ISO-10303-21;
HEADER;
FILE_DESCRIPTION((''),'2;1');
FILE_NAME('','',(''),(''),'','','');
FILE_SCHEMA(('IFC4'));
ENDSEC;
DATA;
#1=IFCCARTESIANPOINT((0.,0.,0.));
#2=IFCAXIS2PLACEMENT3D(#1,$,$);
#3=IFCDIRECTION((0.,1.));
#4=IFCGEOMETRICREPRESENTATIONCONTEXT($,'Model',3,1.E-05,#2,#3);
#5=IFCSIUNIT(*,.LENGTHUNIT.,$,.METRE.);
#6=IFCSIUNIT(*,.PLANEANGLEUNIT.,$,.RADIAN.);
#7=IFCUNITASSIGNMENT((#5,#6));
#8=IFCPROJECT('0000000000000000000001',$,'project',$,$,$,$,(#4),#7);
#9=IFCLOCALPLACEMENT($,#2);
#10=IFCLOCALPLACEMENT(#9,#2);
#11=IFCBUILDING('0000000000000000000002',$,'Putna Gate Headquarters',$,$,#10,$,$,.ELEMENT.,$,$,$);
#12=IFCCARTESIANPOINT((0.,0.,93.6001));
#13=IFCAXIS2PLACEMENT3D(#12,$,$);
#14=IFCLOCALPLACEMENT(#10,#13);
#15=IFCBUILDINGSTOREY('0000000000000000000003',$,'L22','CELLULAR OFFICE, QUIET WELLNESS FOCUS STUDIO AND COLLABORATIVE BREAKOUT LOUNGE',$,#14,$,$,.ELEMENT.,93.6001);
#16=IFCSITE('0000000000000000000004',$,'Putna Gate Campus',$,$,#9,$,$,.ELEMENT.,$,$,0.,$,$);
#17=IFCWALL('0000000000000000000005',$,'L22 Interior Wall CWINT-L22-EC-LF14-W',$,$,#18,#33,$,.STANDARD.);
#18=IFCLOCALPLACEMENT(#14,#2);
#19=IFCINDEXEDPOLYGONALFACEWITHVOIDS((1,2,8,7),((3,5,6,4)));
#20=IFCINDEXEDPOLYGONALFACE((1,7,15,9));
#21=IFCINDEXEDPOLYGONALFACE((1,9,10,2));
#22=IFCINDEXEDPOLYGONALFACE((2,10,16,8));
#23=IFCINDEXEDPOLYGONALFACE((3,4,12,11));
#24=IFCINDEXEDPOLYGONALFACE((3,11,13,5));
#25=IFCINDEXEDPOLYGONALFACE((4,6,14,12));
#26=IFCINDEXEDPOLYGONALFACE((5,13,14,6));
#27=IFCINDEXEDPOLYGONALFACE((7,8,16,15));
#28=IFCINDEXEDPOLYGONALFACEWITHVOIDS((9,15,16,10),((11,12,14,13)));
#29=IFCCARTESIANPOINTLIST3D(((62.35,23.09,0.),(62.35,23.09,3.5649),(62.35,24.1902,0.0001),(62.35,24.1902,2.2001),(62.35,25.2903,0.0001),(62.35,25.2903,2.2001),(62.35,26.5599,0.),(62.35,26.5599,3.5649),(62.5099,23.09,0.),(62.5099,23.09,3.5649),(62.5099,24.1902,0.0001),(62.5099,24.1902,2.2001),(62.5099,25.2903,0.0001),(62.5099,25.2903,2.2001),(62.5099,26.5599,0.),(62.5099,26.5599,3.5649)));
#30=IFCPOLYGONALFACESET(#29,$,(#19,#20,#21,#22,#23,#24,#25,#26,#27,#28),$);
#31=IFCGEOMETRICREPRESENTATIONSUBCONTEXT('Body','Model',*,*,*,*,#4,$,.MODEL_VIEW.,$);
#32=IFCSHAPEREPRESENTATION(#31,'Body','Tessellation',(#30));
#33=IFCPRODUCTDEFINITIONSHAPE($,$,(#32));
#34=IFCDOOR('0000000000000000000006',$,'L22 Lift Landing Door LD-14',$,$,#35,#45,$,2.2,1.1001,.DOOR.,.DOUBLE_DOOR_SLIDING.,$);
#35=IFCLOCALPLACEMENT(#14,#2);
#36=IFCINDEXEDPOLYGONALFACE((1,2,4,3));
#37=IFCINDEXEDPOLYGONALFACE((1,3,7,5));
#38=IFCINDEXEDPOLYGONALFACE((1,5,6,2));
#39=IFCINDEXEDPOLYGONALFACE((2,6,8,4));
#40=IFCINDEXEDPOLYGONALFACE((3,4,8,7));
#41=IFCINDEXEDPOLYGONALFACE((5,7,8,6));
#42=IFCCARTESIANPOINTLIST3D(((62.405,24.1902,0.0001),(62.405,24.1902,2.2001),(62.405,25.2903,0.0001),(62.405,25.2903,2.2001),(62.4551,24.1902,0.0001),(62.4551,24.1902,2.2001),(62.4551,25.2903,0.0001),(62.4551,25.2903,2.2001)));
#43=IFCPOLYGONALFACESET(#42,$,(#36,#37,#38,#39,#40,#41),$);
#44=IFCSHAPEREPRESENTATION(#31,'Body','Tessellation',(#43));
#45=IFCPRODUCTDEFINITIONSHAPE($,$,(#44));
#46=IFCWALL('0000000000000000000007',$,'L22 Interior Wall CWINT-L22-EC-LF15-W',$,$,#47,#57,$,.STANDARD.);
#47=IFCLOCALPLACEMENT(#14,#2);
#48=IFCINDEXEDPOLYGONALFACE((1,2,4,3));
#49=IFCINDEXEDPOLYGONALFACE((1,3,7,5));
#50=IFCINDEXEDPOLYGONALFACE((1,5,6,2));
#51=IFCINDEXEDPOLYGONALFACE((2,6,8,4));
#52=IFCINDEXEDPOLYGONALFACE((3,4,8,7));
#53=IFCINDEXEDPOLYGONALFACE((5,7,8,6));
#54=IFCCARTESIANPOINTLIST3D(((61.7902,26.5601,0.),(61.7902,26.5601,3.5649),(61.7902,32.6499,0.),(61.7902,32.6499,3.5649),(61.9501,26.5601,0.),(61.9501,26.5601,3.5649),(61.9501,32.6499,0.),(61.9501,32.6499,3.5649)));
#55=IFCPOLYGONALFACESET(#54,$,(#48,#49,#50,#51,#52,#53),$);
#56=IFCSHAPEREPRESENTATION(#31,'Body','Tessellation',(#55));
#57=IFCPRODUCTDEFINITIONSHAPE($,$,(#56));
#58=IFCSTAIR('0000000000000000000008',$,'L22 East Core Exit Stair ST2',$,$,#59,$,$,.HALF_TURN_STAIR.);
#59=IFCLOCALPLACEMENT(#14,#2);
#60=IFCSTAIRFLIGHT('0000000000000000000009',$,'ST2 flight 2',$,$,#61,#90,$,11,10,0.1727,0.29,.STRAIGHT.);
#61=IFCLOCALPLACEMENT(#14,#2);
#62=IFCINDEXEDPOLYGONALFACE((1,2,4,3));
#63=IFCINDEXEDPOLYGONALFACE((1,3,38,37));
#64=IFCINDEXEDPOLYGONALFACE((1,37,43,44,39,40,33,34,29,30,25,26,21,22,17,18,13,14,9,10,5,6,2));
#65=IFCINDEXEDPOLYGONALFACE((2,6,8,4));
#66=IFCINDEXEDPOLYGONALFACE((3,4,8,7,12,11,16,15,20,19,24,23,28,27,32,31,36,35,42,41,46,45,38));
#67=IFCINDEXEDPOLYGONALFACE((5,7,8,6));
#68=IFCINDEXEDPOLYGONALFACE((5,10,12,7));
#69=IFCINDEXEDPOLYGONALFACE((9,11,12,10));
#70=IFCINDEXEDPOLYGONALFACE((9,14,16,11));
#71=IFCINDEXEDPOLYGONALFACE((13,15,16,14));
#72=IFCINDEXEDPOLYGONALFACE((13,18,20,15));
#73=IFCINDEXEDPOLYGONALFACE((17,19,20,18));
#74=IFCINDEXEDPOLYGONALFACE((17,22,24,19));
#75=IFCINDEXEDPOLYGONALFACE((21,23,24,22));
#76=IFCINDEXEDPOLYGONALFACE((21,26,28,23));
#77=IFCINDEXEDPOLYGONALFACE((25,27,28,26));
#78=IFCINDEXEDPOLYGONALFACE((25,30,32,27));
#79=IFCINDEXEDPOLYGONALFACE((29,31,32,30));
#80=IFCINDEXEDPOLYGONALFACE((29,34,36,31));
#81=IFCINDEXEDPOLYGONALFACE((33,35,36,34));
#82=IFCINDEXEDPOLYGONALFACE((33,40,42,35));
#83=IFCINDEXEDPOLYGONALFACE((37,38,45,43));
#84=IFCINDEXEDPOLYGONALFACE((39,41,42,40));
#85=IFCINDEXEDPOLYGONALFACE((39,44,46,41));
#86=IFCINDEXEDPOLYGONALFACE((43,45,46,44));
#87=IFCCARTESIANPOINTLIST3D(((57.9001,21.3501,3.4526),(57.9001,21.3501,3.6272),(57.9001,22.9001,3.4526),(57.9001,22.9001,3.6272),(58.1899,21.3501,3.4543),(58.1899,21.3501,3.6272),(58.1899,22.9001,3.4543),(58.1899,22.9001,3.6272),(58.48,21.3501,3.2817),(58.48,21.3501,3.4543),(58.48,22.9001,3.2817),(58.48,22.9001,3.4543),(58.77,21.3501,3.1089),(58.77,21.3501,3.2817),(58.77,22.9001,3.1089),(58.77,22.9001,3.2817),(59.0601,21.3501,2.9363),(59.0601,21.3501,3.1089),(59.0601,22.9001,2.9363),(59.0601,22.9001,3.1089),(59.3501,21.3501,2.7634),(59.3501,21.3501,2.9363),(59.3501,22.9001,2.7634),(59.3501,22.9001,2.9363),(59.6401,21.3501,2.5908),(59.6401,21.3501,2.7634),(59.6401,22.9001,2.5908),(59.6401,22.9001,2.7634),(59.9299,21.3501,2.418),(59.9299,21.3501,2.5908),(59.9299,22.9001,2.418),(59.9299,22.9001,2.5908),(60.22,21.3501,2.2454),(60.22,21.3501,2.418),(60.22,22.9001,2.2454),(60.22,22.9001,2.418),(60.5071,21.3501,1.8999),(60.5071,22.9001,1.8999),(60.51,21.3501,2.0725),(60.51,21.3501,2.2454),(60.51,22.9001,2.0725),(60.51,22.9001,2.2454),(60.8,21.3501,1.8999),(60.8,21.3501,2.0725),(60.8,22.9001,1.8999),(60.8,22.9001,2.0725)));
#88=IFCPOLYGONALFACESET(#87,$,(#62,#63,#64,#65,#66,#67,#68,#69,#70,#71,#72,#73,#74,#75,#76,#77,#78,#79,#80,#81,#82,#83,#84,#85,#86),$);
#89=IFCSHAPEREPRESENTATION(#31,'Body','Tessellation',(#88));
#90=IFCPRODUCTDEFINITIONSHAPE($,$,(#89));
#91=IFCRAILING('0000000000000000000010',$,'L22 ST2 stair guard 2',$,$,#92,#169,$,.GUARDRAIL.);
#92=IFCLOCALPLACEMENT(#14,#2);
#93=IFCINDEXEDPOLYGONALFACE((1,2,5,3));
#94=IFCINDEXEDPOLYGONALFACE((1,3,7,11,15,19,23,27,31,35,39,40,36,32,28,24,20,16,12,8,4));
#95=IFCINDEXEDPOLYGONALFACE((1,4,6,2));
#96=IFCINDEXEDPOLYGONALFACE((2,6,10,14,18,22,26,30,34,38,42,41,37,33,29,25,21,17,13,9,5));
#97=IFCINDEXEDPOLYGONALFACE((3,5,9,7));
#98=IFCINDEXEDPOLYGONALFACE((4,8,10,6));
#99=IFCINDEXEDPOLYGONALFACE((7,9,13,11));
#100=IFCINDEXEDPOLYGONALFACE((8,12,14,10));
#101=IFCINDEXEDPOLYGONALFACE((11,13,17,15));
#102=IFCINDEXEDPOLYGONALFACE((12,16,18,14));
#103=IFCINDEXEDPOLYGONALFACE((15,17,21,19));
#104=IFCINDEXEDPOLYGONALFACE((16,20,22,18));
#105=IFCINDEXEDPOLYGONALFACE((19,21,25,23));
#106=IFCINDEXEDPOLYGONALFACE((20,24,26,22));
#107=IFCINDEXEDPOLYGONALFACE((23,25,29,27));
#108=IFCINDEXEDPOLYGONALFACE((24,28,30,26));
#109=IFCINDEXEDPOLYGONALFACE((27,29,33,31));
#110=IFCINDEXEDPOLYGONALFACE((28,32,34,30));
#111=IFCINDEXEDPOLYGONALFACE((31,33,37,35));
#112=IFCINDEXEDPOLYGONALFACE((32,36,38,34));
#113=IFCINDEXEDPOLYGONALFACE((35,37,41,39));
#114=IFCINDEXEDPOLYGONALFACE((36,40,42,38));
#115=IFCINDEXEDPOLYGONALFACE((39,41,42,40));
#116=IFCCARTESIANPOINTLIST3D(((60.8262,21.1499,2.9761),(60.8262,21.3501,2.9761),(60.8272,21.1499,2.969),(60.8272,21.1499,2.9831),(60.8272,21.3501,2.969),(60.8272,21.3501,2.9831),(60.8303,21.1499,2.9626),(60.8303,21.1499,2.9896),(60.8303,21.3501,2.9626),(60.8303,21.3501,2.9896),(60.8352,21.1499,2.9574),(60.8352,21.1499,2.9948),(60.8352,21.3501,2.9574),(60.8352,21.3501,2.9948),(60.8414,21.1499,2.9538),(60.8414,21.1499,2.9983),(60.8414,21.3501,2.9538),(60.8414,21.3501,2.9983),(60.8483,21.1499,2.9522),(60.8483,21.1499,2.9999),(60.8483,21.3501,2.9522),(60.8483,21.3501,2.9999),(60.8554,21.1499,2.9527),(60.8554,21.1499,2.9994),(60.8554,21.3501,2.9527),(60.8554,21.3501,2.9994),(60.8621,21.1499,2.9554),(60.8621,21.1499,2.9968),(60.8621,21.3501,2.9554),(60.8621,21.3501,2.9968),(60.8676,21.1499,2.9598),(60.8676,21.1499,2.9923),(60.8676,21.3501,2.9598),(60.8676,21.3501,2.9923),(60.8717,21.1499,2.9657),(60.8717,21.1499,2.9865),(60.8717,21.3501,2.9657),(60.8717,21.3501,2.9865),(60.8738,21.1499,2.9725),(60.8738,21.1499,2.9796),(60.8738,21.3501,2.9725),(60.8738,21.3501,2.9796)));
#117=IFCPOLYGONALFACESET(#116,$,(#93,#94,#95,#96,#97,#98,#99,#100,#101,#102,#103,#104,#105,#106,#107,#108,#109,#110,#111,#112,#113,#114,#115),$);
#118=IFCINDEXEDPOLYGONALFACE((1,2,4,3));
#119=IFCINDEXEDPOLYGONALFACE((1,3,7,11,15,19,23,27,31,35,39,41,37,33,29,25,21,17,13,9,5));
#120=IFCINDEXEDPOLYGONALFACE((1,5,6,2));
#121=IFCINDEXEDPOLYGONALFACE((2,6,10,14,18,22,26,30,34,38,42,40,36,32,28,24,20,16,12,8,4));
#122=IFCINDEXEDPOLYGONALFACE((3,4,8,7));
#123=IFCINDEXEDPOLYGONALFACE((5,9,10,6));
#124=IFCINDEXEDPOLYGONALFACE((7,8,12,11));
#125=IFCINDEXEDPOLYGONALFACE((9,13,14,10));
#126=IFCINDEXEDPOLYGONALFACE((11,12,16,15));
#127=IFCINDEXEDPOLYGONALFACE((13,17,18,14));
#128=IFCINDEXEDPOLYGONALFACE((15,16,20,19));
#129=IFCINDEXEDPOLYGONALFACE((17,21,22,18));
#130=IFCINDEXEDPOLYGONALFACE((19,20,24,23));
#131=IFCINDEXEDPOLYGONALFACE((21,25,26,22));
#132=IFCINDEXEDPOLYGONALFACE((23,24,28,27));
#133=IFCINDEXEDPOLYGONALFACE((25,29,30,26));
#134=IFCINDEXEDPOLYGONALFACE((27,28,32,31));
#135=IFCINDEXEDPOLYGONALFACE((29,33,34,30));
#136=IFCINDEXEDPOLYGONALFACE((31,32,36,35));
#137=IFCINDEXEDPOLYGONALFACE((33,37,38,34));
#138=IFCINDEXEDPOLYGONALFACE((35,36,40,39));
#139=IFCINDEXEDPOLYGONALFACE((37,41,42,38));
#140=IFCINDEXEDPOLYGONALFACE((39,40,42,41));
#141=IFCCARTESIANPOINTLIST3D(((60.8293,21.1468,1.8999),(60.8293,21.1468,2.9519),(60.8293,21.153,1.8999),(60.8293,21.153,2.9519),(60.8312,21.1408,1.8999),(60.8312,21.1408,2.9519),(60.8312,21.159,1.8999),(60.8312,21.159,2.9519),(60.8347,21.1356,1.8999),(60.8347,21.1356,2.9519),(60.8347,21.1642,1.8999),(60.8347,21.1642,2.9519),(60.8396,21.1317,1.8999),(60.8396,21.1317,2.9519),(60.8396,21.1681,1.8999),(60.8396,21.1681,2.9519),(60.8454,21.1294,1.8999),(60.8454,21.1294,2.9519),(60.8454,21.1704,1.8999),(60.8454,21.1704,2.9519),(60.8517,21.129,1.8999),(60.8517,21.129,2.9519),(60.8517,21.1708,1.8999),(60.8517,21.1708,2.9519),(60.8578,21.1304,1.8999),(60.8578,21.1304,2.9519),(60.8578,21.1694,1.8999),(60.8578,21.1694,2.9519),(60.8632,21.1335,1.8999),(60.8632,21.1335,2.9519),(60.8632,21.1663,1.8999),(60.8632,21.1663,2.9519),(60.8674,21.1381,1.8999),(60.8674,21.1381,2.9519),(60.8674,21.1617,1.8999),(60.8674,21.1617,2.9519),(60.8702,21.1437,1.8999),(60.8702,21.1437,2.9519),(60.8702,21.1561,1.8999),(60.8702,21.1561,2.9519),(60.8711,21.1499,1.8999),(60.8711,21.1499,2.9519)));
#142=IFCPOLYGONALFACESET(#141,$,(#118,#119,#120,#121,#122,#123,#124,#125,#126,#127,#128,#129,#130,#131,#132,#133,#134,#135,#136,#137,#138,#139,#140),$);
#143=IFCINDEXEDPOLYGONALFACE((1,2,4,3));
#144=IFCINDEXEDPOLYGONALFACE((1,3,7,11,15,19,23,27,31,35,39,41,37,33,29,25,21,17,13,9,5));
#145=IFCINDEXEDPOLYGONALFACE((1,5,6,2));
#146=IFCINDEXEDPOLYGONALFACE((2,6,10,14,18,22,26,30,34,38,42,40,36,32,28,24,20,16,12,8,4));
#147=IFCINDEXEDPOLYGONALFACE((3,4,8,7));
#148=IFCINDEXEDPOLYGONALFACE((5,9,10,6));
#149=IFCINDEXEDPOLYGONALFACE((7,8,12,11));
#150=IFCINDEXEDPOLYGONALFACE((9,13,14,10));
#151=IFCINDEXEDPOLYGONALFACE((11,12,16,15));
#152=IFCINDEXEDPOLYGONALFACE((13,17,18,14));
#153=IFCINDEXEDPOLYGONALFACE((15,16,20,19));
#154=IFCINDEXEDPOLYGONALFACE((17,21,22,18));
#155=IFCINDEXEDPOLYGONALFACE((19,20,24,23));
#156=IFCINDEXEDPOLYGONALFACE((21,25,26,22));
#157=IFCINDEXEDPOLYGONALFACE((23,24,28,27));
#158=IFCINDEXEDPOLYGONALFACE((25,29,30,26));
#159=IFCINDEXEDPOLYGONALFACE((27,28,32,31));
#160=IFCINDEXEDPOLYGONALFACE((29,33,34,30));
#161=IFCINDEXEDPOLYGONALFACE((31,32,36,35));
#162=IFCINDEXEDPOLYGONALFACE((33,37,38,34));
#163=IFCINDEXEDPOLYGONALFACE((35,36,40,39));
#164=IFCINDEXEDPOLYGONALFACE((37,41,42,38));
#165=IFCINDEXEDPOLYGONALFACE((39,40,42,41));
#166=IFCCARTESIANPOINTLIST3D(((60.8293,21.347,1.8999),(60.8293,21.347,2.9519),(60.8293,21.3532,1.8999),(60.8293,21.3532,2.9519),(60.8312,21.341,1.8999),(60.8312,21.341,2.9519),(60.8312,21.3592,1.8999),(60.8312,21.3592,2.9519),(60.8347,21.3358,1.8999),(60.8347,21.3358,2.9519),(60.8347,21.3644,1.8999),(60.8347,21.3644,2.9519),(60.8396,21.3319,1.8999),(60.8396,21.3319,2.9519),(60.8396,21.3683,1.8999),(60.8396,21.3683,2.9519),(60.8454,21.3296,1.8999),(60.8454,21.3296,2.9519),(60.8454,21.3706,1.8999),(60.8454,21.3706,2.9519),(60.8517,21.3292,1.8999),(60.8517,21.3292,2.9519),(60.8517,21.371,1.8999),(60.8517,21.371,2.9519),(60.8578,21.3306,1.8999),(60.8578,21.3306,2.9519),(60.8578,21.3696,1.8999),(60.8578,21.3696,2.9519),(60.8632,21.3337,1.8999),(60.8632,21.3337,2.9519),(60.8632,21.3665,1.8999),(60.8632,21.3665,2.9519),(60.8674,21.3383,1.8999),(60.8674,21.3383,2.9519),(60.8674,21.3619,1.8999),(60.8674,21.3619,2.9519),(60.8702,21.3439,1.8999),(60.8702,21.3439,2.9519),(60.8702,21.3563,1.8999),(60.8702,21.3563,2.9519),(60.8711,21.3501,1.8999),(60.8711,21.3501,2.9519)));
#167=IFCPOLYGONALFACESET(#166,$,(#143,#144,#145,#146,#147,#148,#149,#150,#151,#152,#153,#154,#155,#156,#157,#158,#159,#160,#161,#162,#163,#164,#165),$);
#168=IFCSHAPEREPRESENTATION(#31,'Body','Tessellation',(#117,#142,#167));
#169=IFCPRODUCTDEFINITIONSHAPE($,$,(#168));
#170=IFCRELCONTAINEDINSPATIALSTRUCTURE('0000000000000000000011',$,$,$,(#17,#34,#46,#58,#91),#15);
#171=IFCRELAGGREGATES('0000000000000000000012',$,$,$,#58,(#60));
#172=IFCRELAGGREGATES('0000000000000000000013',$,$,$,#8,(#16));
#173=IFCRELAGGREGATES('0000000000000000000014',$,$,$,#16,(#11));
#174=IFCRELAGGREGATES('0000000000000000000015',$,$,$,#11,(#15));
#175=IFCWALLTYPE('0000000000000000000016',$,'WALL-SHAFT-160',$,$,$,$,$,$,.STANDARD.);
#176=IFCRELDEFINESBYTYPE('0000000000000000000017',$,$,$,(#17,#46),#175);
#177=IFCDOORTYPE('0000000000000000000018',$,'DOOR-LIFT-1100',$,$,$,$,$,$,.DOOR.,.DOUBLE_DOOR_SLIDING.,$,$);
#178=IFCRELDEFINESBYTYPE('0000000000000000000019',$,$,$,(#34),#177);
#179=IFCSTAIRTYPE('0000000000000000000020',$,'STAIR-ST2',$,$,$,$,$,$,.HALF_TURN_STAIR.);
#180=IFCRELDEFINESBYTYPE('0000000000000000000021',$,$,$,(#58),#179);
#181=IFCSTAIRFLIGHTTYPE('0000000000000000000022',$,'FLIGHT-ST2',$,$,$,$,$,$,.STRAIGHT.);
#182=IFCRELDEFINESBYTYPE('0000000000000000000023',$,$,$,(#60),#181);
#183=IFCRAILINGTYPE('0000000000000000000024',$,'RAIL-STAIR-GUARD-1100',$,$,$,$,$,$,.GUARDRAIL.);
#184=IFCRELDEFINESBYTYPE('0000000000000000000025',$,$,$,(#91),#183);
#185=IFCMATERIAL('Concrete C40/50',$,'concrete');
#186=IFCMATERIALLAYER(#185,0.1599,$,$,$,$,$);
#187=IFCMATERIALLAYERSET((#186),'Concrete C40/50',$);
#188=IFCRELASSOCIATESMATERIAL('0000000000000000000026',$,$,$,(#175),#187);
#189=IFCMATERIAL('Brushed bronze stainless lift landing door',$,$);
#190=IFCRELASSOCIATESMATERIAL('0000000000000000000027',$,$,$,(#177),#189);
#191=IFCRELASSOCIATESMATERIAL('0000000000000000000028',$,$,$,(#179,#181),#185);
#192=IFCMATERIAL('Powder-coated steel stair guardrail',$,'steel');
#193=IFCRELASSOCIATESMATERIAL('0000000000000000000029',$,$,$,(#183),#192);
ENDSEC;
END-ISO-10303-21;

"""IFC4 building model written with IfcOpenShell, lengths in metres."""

from ifc_helpers import new_model, si_unit, direction, frame, frame_2d, origin, origin_2d, place, context, subcontext, project, spatial, polyline, rectangle, circle, outline, extrude, material, layer, layer_set, type_object, element, fill, aggregate, save


model = new_model("IFC4")

# Units and contexts
model_context = context("Model", 3, precision=1e-05, world=origin(), true_north=direction((0.0, 1.0)))
body_context = subcontext(model_context, "Body", "Model", "MODEL_VIEW")
ifc_project = project(units=[si_unit("LENGTHUNIT", "METRE"), si_unit("PLANEANGLEUNIT", "RADIAN")], contexts=[model_context])

# Site, building, storey
site_placement = place(None, origin())
site = spatial("IfcSite", under=ifc_project, at=site_placement, Name="Putna Gate Campus", CompositionType="ELEMENT", RefElevation=0.0)
building_placement = place(site_placement, origin())
building = spatial("IfcBuilding", under=site, at=building_placement, Name="Putna Gate Headquarters", CompositionType="ELEMENT")
storey_placement = place(building_placement, frame((0.0, 0.0, 93.6001)))
storey = spatial("IfcBuildingStorey", under=building, at=storey_placement, Name="L22", Description="CELLULAR OFFICE, QUIET WELLNESS FOCUS STUDIO AND COLLABORATIVE BREAKOUT LOUNGE", CompositionType="ELEMENT", Elevation=93.6001)

# Wall, opening, door
ifc_material_1 = material(Name="Concrete C40/50", Category="concrete")
ifc_layer_1 = layer(ifc_material_1, 0.1599)
ifc_layer_set_1 = layer_set([ifc_layer_1], Name="Concrete C40/50")
wall_type_1 = type_object("IfcWallType", Name="WALL-SHAFT-160", PredefinedType="STANDARD", material=ifc_layer_set_1)
wall_1_placement = place(storey_placement, frame((62.4299, 23.0901, 0.0), z_axis=(0.0, 0.0, 1.0), x_axis=(0.0, 1.0, 0.0)))
wall_1 = element("IfcWall", 1, at=wall_1_placement, inside=storey, type_object=wall_type_1, Name="L22 Interior Wall CWINT-L22-EC-LF14-W", PredefinedType="STANDARD", context=body_context, shape_type="SweptSolid", body=[
    extrude(rectangle(XDim=3.47, YDim=0.1599, at=frame_2d((1.7349, 0.0))), origin(), (0.0, 0.0, 1.0), 3.5649),
])
opening_1_placement = place(wall_1_placement, frame((1.1001, 0.0, 0.0)))
opening_1 = element("IfcOpeningElement", 2, at=opening_1_placement, cuts=wall_1, PredefinedType="OPENING", context=body_context, shape_type="SweptSolid", body=[
    extrude(rectangle(XDim=1.1001, YDim=2.2, at=frame_2d((0.55, 1.1001))), frame((0.0, 0.0898, 0.0), z_axis=(0.0, -1.0, 0.0), x_axis=(1.0, 0.0, 0.0)), (0.0, 0.0, 1.0), 0.1799),
])
ifc_material_2 = material(Name="Brushed bronze stainless lift landing door")
door_type_1 = type_object("IfcDoorType", Name="DOOR-LIFT-1100", OperationType="DOUBLE_DOOR_SLIDING", PredefinedType="DOOR", material=ifc_material_2)
door_1_placement = place(opening_1_placement, origin())
door_1 = element("IfcDoor", 3, at=door_1_placement, inside=storey, type_object=door_type_1, Name="L22 Lift Landing Door LD-14", OperationType="DOUBLE_DOOR_SLIDING", OverallHeight=2.2, OverallWidth=1.1001, PredefinedType="DOOR", context=body_context, shape_type="SweptSolid", body=[
    extrude(rectangle(XDim=1.1001, YDim=2.2, at=frame_2d((0.55, 1.1001))), frame((0.0, 0.0249, 0.0), z_axis=(0.0, -1.0, 0.0), x_axis=(1.0, 0.0, 0.0)), (0.0, 0.0, 1.0), 0.05),
])
fill(opening_1, door_1)

# Wall
wall_2_placement = place(storey_placement, frame((61.8701, 26.5601, 0.0), z_axis=(0.0, 0.0, 1.0), x_axis=(0.0, 1.0, 0.0)))
element("IfcWall", 4, at=wall_2_placement, inside=storey, type_object=wall_type_1, Name="L22 Interior Wall CWINT-L22-EC-LF15-W", PredefinedType="STANDARD", context=body_context, shape_type="SweptSolid", body=[
    extrude(rectangle(XDim=6.0898, YDim=0.1599, at=frame_2d((3.0449, 0.0))), origin(), (0.0, 0.0, 1.0), 3.5649),
])

# Stair, stair flight
stair_type = type_object("IfcStairType", Name="STAIR-ST2", PredefinedType="HALF_TURN_STAIR", material=ifc_material_1)
stair_placement = place(storey_placement, origin())
stair = element("IfcStair", 5, at=stair_placement, inside=storey, type_object=stair_type, Name="L22 East Core Exit Stair ST2", PredefinedType="HALF_TURN_STAIR")
stair_flight_type = type_object("IfcStairFlightType", Name="FLIGHT-ST2", PredefinedType="STRAIGHT", material=ifc_material_1)
stair_flight_placement = place(storey_placement, frame((60.8, 22.125, 1.8999), z_axis=(0.0, 0.0, 1.0), x_axis=(-1.0, 0.0, 0.0)))
stair_flight = element("IfcStairFlight", 6, at=stair_flight_placement, type_object=stair_flight_type, Name="ST2 flight 2", NumberOfRisers=11, NumberOfTreads=10, PredefinedType="STRAIGHT", RiserHeight=0.1727, TreadLength=0.29, context=body_context, shape_type="SweptSolid", body=[
    extrude(outline(polyline([(0.0, 0.0), (0.0, 0.1726), (0.29, 0.1726), (0.29, 0.3455), (0.5801, 0.3455), (0.5801, 0.5181), (0.8701, 0.5181), (0.8701, 0.6909), (1.1599, 0.6909), (1.1599, 0.8635), (1.45, 0.8635), (1.45, 1.0364), (1.74, 1.0364), (1.74, 1.209), (2.03, 1.209), (2.03, 1.3818), (2.3201, 1.3818), (2.3201, 1.5544), (2.6101, 1.5544), (2.6101, 1.7273), (2.8999, 1.7273), (2.8999, 1.8999), (2.8999, 1.5527), (0.293, 0.0), (0.0, 0.0)])), frame((0.0, 0.7749, 0.0), z_axis=(0.0, -1.0, 0.0), x_axis=(1.0, 0.0, 0.0)), (0.0, 0.0, 1.0), 1.55),
])
aggregate(stair, [stair_flight])

# Railing
ifc_material_3 = material(Name="Powder-coated steel stair guardrail", Category="steel")
railing_type_1 = type_object("IfcRailingType", Name="RAIL-STAIR-GUARD-1100", PredefinedType="GUARDRAIL", material=ifc_material_3)
railing_1_placement = place(storey_placement, frame((60.8501, 21.1499, 1.8999)))
element("IfcRailing", 7, at=railing_1_placement, inside=storey, type_object=railing_type_1, Name="L22 ST2 stair guard 2", PredefinedType="GUARDRAIL", context=body_context, shape_type="SweptSolid", body=[
    extrude(circle(Radius=0.0239, at=origin_2d()), frame((0.0, 0.0, 1.0762), z_axis=(0.0, 1.0, 0.0), x_axis=(-1.0, 0.0, 0.0)), (0.0, 0.0, 1.0), 0.2002),
    extrude(circle(Radius=0.021, at=origin_2d()), origin(), (0.0, 0.0, 1.0), 1.052),
    extrude(circle(Radius=0.021, at=origin_2d()), frame((0.0, 0.2002, 0.0)), (0.0, 0.0, 1.0), 1.052),
])

save(model, "model.ifc")
